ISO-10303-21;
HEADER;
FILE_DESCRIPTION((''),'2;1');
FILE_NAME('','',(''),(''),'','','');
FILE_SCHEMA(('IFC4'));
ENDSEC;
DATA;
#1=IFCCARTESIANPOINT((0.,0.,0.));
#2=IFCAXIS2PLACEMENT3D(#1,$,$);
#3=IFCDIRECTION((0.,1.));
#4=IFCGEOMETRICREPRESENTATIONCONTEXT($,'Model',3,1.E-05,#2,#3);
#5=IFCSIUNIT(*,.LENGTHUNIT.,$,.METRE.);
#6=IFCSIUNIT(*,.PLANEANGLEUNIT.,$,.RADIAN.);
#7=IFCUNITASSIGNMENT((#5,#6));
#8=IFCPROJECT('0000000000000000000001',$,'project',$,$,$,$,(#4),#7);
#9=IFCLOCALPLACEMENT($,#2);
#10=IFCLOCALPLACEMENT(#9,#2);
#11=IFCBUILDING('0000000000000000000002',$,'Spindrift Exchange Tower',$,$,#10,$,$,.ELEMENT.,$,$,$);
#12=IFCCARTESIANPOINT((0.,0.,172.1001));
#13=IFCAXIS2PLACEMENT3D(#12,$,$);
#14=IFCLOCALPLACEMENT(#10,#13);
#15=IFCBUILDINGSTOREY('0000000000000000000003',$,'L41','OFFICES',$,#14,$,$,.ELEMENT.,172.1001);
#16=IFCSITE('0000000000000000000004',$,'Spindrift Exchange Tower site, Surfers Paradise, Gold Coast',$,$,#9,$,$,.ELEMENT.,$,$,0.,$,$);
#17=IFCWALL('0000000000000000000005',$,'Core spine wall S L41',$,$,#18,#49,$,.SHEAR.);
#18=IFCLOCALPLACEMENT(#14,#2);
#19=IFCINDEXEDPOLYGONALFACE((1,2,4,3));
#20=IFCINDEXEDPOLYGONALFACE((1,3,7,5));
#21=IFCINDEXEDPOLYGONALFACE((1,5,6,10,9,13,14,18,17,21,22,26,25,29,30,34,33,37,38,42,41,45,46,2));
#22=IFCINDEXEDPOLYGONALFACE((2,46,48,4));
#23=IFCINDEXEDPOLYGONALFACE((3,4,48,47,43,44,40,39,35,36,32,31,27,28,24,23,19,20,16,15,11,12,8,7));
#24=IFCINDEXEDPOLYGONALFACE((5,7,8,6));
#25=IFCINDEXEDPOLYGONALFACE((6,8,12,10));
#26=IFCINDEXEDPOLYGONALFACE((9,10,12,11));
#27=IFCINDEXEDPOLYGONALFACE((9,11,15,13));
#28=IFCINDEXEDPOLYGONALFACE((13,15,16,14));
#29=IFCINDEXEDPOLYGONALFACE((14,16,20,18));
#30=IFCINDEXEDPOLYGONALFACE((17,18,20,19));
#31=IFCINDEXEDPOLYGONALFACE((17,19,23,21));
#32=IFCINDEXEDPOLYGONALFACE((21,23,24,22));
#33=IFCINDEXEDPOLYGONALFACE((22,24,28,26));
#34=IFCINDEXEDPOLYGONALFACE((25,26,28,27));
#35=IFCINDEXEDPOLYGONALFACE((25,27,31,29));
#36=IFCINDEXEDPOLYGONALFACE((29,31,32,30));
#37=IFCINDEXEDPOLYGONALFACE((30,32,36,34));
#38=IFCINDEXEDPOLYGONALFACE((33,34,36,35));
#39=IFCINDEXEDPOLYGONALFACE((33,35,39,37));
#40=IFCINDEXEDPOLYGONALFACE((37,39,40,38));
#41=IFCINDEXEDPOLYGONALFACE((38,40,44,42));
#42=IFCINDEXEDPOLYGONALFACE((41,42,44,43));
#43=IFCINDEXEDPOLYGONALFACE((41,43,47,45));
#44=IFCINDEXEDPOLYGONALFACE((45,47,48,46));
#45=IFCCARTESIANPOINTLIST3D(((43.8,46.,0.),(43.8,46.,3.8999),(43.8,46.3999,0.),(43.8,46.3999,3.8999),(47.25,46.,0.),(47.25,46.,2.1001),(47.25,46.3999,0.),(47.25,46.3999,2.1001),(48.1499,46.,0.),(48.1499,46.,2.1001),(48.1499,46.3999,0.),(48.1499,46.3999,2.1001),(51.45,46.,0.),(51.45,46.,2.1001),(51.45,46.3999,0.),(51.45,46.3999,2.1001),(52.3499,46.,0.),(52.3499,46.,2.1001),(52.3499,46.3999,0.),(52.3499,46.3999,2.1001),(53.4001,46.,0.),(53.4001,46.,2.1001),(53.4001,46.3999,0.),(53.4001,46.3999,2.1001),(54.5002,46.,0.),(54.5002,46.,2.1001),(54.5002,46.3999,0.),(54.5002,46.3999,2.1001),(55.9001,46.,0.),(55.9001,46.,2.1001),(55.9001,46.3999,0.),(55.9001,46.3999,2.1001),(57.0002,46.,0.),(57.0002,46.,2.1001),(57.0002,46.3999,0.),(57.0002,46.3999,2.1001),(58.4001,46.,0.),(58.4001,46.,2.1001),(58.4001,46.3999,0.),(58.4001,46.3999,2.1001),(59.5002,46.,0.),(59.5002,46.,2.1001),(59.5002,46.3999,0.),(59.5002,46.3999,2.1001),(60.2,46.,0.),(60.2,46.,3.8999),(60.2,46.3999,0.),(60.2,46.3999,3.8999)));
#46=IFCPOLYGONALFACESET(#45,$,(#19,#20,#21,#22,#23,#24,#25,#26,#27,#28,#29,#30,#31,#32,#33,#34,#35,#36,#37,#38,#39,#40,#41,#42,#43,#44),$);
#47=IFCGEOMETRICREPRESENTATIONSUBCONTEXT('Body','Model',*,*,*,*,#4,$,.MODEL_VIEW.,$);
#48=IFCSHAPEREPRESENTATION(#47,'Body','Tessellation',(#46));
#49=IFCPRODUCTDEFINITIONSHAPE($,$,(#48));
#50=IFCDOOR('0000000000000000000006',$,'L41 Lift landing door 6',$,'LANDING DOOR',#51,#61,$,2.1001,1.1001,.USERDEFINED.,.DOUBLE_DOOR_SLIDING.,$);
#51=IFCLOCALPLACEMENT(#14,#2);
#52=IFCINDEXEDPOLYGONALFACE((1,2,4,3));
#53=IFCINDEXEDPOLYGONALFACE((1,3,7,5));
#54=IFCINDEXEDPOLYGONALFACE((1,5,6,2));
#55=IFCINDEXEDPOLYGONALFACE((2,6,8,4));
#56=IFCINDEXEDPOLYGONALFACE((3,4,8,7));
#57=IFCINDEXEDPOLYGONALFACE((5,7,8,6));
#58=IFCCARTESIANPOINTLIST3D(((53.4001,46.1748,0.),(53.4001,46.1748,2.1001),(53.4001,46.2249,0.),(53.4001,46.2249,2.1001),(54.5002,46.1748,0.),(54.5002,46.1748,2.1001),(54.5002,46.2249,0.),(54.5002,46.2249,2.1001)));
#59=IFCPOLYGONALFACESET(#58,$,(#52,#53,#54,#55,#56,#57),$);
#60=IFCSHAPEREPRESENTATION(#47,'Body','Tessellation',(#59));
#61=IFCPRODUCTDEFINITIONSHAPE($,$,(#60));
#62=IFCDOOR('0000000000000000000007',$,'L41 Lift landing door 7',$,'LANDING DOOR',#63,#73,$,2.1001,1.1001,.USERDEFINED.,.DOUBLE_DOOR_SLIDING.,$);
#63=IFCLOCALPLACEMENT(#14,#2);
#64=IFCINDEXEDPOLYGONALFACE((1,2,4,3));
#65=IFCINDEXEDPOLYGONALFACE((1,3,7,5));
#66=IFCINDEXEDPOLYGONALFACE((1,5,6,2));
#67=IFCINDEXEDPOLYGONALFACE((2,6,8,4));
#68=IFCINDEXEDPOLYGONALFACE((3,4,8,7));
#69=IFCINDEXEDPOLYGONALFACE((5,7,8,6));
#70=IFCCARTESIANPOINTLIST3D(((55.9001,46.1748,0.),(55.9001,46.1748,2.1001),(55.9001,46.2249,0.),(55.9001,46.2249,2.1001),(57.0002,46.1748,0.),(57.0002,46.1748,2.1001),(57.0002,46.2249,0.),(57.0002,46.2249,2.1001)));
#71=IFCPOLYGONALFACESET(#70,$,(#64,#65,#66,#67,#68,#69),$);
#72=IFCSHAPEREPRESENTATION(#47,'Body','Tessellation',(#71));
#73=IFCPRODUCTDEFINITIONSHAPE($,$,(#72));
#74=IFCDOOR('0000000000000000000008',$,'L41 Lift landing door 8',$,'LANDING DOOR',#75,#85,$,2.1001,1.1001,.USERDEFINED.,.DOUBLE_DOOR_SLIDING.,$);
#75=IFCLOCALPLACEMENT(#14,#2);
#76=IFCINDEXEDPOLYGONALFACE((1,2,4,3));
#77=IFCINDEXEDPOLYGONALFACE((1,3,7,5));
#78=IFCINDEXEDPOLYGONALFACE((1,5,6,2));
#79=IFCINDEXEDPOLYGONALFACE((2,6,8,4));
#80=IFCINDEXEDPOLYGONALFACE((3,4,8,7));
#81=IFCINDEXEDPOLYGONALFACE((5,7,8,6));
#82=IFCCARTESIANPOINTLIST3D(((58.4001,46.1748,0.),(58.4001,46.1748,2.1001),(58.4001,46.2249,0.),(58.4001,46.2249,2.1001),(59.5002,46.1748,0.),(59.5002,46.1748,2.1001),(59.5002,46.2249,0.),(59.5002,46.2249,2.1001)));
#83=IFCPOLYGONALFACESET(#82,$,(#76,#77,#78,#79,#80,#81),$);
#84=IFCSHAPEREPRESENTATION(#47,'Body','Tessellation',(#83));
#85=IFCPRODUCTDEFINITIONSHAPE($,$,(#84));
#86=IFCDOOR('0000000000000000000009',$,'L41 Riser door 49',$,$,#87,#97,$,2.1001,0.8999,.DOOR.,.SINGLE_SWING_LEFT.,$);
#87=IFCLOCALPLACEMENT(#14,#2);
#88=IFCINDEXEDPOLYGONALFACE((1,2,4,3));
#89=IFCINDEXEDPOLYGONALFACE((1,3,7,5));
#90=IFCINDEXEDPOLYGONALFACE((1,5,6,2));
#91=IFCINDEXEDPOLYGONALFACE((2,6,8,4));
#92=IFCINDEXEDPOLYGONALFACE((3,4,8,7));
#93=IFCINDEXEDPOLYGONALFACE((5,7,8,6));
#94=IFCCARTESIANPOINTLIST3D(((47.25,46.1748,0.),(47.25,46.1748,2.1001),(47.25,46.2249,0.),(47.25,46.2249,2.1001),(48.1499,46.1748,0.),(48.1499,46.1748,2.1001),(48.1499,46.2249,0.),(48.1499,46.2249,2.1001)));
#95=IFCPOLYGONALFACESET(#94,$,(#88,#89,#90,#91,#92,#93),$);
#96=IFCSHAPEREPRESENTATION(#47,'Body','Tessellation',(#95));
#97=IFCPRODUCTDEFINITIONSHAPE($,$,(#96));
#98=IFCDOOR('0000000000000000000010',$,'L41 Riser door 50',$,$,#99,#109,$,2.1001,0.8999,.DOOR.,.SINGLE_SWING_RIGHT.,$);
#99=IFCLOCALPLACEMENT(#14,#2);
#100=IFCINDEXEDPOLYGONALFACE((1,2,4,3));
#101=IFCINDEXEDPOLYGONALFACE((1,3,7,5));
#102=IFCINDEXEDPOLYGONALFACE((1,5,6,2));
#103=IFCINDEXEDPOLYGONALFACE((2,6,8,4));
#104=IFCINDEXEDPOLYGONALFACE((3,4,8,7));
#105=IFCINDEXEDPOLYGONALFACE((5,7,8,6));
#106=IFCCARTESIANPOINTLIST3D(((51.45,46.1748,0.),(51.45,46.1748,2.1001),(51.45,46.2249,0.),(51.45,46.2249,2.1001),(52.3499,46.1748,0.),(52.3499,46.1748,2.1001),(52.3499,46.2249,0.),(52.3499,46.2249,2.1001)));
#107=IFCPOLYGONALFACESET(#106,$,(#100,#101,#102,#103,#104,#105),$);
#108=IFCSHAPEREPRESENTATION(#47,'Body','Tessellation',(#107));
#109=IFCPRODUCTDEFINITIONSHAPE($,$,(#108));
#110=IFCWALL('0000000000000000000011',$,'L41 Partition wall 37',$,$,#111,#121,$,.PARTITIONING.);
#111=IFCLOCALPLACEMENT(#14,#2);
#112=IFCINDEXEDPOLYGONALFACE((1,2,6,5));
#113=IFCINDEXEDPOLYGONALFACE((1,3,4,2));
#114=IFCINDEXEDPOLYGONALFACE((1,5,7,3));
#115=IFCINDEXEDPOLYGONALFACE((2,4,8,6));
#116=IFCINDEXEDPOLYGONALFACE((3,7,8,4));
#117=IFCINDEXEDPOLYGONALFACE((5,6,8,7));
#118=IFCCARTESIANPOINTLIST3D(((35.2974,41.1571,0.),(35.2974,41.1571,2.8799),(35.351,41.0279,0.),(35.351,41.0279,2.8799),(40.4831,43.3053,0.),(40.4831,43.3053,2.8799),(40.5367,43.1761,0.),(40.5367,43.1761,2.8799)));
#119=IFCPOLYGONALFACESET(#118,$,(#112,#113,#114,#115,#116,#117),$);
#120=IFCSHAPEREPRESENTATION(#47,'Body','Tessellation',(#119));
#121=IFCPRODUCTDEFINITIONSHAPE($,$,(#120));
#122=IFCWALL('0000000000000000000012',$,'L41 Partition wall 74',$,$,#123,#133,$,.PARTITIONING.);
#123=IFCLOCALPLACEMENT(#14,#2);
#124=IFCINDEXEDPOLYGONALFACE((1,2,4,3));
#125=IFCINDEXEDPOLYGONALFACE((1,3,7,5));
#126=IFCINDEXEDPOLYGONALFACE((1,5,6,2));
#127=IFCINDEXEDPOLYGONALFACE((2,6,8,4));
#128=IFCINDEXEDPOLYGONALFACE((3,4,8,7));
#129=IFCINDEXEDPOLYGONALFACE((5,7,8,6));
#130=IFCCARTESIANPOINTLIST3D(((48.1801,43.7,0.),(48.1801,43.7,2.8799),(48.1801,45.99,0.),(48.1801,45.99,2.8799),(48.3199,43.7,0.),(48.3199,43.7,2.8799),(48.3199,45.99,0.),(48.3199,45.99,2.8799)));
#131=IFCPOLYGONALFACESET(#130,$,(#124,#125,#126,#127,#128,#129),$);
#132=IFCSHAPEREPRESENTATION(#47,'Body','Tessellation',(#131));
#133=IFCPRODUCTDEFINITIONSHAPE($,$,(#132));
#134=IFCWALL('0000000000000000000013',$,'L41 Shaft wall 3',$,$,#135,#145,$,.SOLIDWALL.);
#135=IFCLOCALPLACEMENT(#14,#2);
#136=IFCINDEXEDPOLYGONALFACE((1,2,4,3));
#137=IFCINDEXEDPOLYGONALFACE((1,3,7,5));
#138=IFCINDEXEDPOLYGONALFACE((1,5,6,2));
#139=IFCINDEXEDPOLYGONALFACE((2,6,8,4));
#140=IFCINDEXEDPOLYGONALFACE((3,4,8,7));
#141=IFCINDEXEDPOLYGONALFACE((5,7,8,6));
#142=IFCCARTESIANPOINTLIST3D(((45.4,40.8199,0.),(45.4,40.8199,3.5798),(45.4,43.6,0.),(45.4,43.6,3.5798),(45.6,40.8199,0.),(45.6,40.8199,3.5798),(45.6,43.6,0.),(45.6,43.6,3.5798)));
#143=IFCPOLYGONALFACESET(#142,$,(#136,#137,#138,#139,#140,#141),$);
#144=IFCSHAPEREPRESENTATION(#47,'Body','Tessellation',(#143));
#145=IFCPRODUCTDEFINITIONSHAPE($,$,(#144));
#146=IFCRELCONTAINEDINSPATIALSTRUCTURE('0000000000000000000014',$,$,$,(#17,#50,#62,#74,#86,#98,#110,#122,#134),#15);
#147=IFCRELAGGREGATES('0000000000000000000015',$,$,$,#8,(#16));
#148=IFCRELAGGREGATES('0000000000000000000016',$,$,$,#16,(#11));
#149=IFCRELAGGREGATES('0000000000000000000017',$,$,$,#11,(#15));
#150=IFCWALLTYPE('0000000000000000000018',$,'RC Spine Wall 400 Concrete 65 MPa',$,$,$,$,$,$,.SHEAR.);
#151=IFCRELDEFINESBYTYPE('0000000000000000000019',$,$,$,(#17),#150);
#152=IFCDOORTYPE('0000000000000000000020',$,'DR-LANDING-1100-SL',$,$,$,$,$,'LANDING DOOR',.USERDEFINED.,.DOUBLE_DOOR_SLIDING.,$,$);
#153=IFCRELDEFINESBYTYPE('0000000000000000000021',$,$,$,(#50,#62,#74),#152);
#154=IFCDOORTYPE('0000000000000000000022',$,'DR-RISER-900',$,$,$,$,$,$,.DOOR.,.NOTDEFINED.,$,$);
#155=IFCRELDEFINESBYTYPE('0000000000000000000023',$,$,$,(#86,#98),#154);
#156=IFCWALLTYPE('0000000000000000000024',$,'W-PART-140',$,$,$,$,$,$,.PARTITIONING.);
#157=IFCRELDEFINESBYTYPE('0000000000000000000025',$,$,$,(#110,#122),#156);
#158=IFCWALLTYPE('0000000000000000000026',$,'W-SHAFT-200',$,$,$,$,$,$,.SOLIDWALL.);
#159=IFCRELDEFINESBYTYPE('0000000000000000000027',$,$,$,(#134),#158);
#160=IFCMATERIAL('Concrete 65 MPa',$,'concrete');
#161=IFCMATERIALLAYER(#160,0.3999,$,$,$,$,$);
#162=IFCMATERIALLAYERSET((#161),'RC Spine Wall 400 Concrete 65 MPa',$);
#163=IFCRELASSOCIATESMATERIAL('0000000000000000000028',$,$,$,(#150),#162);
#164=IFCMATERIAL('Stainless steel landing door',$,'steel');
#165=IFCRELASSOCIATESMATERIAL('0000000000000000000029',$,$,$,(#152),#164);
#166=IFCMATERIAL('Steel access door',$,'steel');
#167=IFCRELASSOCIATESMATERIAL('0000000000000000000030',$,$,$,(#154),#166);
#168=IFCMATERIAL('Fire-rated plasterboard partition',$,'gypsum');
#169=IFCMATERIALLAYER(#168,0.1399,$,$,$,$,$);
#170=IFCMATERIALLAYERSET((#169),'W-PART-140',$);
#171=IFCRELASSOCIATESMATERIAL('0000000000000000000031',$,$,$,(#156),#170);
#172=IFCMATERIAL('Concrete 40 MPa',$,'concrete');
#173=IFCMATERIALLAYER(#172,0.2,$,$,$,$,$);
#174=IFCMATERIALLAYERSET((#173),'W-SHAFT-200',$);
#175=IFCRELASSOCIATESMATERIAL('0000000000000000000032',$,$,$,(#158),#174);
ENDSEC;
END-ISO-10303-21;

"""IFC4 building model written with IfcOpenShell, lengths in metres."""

from ifc_helpers import new_model, si_unit, direction, frame, frame_2d, origin, place, context, subcontext, project, spatial, rectangle, extrude, source, transform, mapped, material, layer, layer_set, type_object, element, fill, save


model = new_model("IFC4")

# Units and contexts
model_context = context("Model", 3, precision=1e-05, world=origin(), true_north=direction((0.0, 1.0)))
body_context = subcontext(model_context, "Body", "Model", "MODEL_VIEW")
ifc_project = project(units=[si_unit("LENGTHUNIT", "METRE"), si_unit("PLANEANGLEUNIT", "RADIAN")], contexts=[model_context])

# Site, building, storey
site_placement = place(None, origin())
site = spatial("IfcSite", under=ifc_project, at=site_placement, Name="Spindrift Exchange Tower site, Surfers Paradise, Gold Coast", CompositionType="ELEMENT", RefElevation=0.0)
building_placement = place(site_placement, origin())
building = spatial("IfcBuilding", under=site, at=building_placement, Name="Spindrift Exchange Tower", CompositionType="ELEMENT")
storey_placement = place(building_placement, frame((0.0, 0.0, 172.1001)))
storey = spatial("IfcBuildingStorey", under=building, at=storey_placement, Name="L41", Description="OFFICES", CompositionType="ELEMENT", Elevation=172.1001)

# Wall, openings, doors
ifc_material_1 = material(Name="Concrete 65 MPa", Category="concrete")
ifc_material_2 = material(Name="Steel access door", Category="steel")
ifc_layer_1 = layer(ifc_material_1, 0.3999)
ifc_layer_set_1 = layer_set([ifc_layer_1], Name="RC Spine Wall 400 Concrete 65 MPa")
wall_type_1 = type_object("IfcWallType", Name="RC Spine Wall 400 Concrete 65 MPa", PredefinedType="SHEAR", material=ifc_layer_set_1)
wall_1_placement = place(storey_placement, frame((43.8, 46.2, 0.0), z_axis=(0.0, 0.0, 1.0), x_axis=(1.0, 0.0, 0.0)))
wall_1 = element("IfcWall", 1, at=wall_1_placement, inside=storey, type_object=wall_type_1, Name="Core spine wall S L41", PredefinedType="SHEAR", context=body_context, shape_type="SweptSolid", body=[
    extrude(rectangle(XDim=16.3999, YDim=0.3999, at=frame_2d((8.2, 0.0))), origin(), (0.0, 0.0, 1.0), 3.8999),
])
opening_1_placement = place(wall_1_placement, frame((9.6001, 0.0, 0.0)))
opening_1 = element("IfcOpeningElement", 2, at=opening_1_placement, cuts=wall_1, PredefinedType="OPENING", context=body_context, shape_type="SweptSolid", body=[
    extrude(rectangle(XDim=1.1001, YDim=2.1001, at=frame_2d((0.55, 1.05))), frame((0.0, 0.21, 0.0), z_axis=(0.0, -1.0, 0.0), x_axis=(1.0, 0.0, 0.0)), (0.0, 0.0, 1.0), 0.4199),
])
opening_2_placement = place(wall_1_placement, frame((12.1001, 0.0, 0.0)))
opening_2 = element("IfcOpeningElement", 3, at=opening_2_placement, cuts=wall_1, PredefinedType="OPENING", context=body_context, shape_type="SweptSolid", body=[
    extrude(rectangle(XDim=1.1001, YDim=2.1001, at=frame_2d((0.55, 1.05))), frame((0.0, 0.21, 0.0), z_axis=(0.0, -1.0, 0.0), x_axis=(1.0, 0.0, 0.0)), (0.0, 0.0, 1.0), 0.4199),
])
opening_3_placement = place(wall_1_placement, frame((14.6001, 0.0, 0.0)))
opening_3 = element("IfcOpeningElement", 4, at=opening_3_placement, cuts=wall_1, PredefinedType="OPENING", context=body_context, shape_type="SweptSolid", body=[
    extrude(rectangle(XDim=1.1001, YDim=2.1001, at=frame_2d((0.55, 1.05))), frame((0.0, 0.21, 0.0), z_axis=(0.0, -1.0, 0.0), x_axis=(1.0, 0.0, 0.0)), (0.0, 0.0, 1.0), 0.4199),
])
opening_4_placement = place(wall_1_placement, frame((3.45, 0.0, 0.0)))
opening_4 = element("IfcOpeningElement", 5, at=opening_4_placement, cuts=wall_1, PredefinedType="OPENING", context=body_context, shape_type="SweptSolid", body=[
    extrude(rectangle(XDim=0.8999, YDim=2.1001, at=frame_2d((0.45, 1.05))), frame((0.0, 0.21, 0.0), z_axis=(0.0, -1.0, 0.0), x_axis=(1.0, 0.0, 0.0)), (0.0, 0.0, 1.0), 0.4199),
])
opening_5_placement = place(wall_1_placement, frame((7.6499, 0.0, 0.0)))
opening_5 = element("IfcOpeningElement", 6, at=opening_5_placement, cuts=wall_1, PredefinedType="OPENING", context=body_context, shape_type="SweptSolid", body=[
    extrude(rectangle(XDim=0.8999, YDim=2.1001, at=frame_2d((0.45, 1.05))), frame((0.0, 0.21, 0.0), z_axis=(0.0, -1.0, 0.0), x_axis=(1.0, 0.0, 0.0)), (0.0, 0.0, 1.0), 0.4199),
])
ifc_material_3 = material(Name="Stainless steel landing door", Category="steel")
door_type_1 = type_object("IfcDoorType", Name="DR-LANDING-1100-SL", ElementType="LANDING DOOR", OperationType="DOUBLE_DOOR_SLIDING", PredefinedType="USERDEFINED", material=ifc_material_3)
shared_shape_1 = source(origin(), body_context, "Body", "SweptSolid", [
    extrude(rectangle(XDim=1.1001, YDim=2.1001, at=frame_2d((0.55, 1.05))), frame((0.0, 0.0249, 0.0), z_axis=(0.0, -1.0, 0.0), x_axis=(1.0, 0.0, 0.0)), (0.0, 0.0, 1.0), 0.05),
])
door_1_placement = place(opening_1_placement, origin())
door_1 = element("IfcDoor", 7, at=door_1_placement, inside=storey, type_object=door_type_1, Name="L41 Lift landing door 6", ObjectType="LANDING DOOR", OperationType="DOUBLE_DOOR_SLIDING", OverallHeight=2.1001, OverallWidth=1.1001, PredefinedType="USERDEFINED", context=body_context, shape_type="MappedRepresentation", body=[
    mapped(shared_shape_1, transform((0.0, 0.0, 0.0), scale=1.0)),
])
fill(opening_1, door_1)
door_2_placement = place(opening_2_placement, origin())
door_2 = element("IfcDoor", 8, at=door_2_placement, inside=storey, type_object=door_type_1, Name="L41 Lift landing door 7", ObjectType="LANDING DOOR", OperationType="DOUBLE_DOOR_SLIDING", OverallHeight=2.1001, OverallWidth=1.1001, PredefinedType="USERDEFINED", context=body_context, shape_type="MappedRepresentation", body=[
    mapped(shared_shape_1, transform((0.0, 0.0, 0.0), scale=1.0)),
])
fill(opening_2, door_2)
door_3_placement = place(opening_3_placement, origin())
door_3 = element("IfcDoor", 9, at=door_3_placement, inside=storey, type_object=door_type_1, Name="L41 Lift landing door 8", ObjectType="LANDING DOOR", OperationType="DOUBLE_DOOR_SLIDING", OverallHeight=2.1001, OverallWidth=1.1001, PredefinedType="USERDEFINED", context=body_context, shape_type="MappedRepresentation", body=[
    mapped(shared_shape_1, transform((0.0, 0.0, 0.0), scale=1.0)),
])
fill(opening_3, door_3)
door_type_2 = type_object("IfcDoorType", Name="DR-RISER-900", OperationType="NOTDEFINED", PredefinedType="DOOR", material=ifc_material_2)
shared_shape_2 = source(origin(), body_context, "Body", "SweptSolid", [
    extrude(rectangle(XDim=0.8999, YDim=2.1001, at=frame_2d((0.45, 1.05))), frame((0.0, 0.0249, 0.0), z_axis=(0.0, -1.0, 0.0), x_axis=(1.0, 0.0, 0.0)), (0.0, 0.0, 1.0), 0.05),
])
door_4_placement = place(opening_4_placement, origin())
door_4 = element("IfcDoor", 10, at=door_4_placement, inside=storey, type_object=door_type_2, Name="L41 Riser door 49", OperationType="SINGLE_SWING_LEFT", OverallHeight=2.1001, OverallWidth=0.8999, PredefinedType="DOOR", context=body_context, shape_type="MappedRepresentation", body=[
    mapped(shared_shape_2, transform((0.0, 0.0, 0.0), scale=1.0)),
])
fill(opening_4, door_4)
door_5_placement = place(opening_5_placement, origin())
door_5 = element("IfcDoor", 11, at=door_5_placement, inside=storey, type_object=door_type_2, Name="L41 Riser door 50", OperationType="SINGLE_SWING_RIGHT", OverallHeight=2.1001, OverallWidth=0.8999, PredefinedType="DOOR", context=body_context, shape_type="MappedRepresentation", body=[
    mapped(shared_shape_2, transform((0.0, 0.0, 0.0), scale=1.0)),
])
fill(opening_5, door_5)

# Walls
ifc_material_4 = material(Name="Fire-rated plasterboard partition", Category="gypsum")
ifc_layer_2 = layer(ifc_material_4, 0.1399)
ifc_layer_set_2 = layer_set([ifc_layer_2], Name="W-PART-140")
wall_type_2 = type_object("IfcWallType", Name="W-PART-140", PredefinedType="PARTITIONING", material=ifc_layer_set_2)
wall_2_placement = place(storey_placement, frame((40.51, 43.2407, 0.0), z_axis=(0.0, 0.0, 1.0), x_axis=(-0.923869, -0.382709, 0.0)))
element("IfcWall", 12, at=wall_2_placement, inside=storey, type_object=wall_type_2, Name="L41 Partition wall 37", PredefinedType="PARTITIONING", context=body_context, shape_type="SweptSolid", body=[
    extrude(rectangle(XDim=5.613, YDim=0.1399, at=frame_2d((2.8066, 0.0))), origin(), (0.0, 0.0, 1.0), 2.8799),
])
wall_3_placement = place(storey_placement, frame((48.25, 43.7, 0.0), z_axis=(0.0, 0.0, 1.0), x_axis=(0.0, 1.0, 0.0)))
element("IfcWall", 13, at=wall_3_placement, inside=storey, type_object=wall_type_2, Name="L41 Partition wall 74", PredefinedType="PARTITIONING", context=body_context, shape_type="SweptSolid", body=[
    extrude(rectangle(XDim=2.29, YDim=0.1399, at=frame_2d((1.145, 0.0))), origin(), (0.0, 0.0, 1.0), 2.8799),
])
ifc_material_5 = material(Name="Concrete 40 MPa", Category="concrete")
ifc_layer_3 = layer(ifc_material_5, 0.2)
ifc_layer_set_3 = layer_set([ifc_layer_3], Name="W-SHAFT-200")
wall_type_3 = type_object("IfcWallType", Name="W-SHAFT-200", PredefinedType="SOLIDWALL", material=ifc_layer_set_3)
wall_4_placement = place(storey_placement, frame((45.5, 43.6001, 0.0), z_axis=(0.0, 0.0, 1.0), x_axis=(0.0, -1.0, 0.0)))
element("IfcWall", 14, at=wall_4_placement, inside=storey, type_object=wall_type_3, Name="L41 Shaft wall 3", PredefinedType="SOLIDWALL", context=body_context, shape_type="SweptSolid", body=[
    extrude(rectangle(XDim=2.78, YDim=0.2, at=frame_2d((1.3901, 0.0))), origin(), (0.0, 0.0, 1.0), 3.5798),
])

save(model, "model.ifc")
